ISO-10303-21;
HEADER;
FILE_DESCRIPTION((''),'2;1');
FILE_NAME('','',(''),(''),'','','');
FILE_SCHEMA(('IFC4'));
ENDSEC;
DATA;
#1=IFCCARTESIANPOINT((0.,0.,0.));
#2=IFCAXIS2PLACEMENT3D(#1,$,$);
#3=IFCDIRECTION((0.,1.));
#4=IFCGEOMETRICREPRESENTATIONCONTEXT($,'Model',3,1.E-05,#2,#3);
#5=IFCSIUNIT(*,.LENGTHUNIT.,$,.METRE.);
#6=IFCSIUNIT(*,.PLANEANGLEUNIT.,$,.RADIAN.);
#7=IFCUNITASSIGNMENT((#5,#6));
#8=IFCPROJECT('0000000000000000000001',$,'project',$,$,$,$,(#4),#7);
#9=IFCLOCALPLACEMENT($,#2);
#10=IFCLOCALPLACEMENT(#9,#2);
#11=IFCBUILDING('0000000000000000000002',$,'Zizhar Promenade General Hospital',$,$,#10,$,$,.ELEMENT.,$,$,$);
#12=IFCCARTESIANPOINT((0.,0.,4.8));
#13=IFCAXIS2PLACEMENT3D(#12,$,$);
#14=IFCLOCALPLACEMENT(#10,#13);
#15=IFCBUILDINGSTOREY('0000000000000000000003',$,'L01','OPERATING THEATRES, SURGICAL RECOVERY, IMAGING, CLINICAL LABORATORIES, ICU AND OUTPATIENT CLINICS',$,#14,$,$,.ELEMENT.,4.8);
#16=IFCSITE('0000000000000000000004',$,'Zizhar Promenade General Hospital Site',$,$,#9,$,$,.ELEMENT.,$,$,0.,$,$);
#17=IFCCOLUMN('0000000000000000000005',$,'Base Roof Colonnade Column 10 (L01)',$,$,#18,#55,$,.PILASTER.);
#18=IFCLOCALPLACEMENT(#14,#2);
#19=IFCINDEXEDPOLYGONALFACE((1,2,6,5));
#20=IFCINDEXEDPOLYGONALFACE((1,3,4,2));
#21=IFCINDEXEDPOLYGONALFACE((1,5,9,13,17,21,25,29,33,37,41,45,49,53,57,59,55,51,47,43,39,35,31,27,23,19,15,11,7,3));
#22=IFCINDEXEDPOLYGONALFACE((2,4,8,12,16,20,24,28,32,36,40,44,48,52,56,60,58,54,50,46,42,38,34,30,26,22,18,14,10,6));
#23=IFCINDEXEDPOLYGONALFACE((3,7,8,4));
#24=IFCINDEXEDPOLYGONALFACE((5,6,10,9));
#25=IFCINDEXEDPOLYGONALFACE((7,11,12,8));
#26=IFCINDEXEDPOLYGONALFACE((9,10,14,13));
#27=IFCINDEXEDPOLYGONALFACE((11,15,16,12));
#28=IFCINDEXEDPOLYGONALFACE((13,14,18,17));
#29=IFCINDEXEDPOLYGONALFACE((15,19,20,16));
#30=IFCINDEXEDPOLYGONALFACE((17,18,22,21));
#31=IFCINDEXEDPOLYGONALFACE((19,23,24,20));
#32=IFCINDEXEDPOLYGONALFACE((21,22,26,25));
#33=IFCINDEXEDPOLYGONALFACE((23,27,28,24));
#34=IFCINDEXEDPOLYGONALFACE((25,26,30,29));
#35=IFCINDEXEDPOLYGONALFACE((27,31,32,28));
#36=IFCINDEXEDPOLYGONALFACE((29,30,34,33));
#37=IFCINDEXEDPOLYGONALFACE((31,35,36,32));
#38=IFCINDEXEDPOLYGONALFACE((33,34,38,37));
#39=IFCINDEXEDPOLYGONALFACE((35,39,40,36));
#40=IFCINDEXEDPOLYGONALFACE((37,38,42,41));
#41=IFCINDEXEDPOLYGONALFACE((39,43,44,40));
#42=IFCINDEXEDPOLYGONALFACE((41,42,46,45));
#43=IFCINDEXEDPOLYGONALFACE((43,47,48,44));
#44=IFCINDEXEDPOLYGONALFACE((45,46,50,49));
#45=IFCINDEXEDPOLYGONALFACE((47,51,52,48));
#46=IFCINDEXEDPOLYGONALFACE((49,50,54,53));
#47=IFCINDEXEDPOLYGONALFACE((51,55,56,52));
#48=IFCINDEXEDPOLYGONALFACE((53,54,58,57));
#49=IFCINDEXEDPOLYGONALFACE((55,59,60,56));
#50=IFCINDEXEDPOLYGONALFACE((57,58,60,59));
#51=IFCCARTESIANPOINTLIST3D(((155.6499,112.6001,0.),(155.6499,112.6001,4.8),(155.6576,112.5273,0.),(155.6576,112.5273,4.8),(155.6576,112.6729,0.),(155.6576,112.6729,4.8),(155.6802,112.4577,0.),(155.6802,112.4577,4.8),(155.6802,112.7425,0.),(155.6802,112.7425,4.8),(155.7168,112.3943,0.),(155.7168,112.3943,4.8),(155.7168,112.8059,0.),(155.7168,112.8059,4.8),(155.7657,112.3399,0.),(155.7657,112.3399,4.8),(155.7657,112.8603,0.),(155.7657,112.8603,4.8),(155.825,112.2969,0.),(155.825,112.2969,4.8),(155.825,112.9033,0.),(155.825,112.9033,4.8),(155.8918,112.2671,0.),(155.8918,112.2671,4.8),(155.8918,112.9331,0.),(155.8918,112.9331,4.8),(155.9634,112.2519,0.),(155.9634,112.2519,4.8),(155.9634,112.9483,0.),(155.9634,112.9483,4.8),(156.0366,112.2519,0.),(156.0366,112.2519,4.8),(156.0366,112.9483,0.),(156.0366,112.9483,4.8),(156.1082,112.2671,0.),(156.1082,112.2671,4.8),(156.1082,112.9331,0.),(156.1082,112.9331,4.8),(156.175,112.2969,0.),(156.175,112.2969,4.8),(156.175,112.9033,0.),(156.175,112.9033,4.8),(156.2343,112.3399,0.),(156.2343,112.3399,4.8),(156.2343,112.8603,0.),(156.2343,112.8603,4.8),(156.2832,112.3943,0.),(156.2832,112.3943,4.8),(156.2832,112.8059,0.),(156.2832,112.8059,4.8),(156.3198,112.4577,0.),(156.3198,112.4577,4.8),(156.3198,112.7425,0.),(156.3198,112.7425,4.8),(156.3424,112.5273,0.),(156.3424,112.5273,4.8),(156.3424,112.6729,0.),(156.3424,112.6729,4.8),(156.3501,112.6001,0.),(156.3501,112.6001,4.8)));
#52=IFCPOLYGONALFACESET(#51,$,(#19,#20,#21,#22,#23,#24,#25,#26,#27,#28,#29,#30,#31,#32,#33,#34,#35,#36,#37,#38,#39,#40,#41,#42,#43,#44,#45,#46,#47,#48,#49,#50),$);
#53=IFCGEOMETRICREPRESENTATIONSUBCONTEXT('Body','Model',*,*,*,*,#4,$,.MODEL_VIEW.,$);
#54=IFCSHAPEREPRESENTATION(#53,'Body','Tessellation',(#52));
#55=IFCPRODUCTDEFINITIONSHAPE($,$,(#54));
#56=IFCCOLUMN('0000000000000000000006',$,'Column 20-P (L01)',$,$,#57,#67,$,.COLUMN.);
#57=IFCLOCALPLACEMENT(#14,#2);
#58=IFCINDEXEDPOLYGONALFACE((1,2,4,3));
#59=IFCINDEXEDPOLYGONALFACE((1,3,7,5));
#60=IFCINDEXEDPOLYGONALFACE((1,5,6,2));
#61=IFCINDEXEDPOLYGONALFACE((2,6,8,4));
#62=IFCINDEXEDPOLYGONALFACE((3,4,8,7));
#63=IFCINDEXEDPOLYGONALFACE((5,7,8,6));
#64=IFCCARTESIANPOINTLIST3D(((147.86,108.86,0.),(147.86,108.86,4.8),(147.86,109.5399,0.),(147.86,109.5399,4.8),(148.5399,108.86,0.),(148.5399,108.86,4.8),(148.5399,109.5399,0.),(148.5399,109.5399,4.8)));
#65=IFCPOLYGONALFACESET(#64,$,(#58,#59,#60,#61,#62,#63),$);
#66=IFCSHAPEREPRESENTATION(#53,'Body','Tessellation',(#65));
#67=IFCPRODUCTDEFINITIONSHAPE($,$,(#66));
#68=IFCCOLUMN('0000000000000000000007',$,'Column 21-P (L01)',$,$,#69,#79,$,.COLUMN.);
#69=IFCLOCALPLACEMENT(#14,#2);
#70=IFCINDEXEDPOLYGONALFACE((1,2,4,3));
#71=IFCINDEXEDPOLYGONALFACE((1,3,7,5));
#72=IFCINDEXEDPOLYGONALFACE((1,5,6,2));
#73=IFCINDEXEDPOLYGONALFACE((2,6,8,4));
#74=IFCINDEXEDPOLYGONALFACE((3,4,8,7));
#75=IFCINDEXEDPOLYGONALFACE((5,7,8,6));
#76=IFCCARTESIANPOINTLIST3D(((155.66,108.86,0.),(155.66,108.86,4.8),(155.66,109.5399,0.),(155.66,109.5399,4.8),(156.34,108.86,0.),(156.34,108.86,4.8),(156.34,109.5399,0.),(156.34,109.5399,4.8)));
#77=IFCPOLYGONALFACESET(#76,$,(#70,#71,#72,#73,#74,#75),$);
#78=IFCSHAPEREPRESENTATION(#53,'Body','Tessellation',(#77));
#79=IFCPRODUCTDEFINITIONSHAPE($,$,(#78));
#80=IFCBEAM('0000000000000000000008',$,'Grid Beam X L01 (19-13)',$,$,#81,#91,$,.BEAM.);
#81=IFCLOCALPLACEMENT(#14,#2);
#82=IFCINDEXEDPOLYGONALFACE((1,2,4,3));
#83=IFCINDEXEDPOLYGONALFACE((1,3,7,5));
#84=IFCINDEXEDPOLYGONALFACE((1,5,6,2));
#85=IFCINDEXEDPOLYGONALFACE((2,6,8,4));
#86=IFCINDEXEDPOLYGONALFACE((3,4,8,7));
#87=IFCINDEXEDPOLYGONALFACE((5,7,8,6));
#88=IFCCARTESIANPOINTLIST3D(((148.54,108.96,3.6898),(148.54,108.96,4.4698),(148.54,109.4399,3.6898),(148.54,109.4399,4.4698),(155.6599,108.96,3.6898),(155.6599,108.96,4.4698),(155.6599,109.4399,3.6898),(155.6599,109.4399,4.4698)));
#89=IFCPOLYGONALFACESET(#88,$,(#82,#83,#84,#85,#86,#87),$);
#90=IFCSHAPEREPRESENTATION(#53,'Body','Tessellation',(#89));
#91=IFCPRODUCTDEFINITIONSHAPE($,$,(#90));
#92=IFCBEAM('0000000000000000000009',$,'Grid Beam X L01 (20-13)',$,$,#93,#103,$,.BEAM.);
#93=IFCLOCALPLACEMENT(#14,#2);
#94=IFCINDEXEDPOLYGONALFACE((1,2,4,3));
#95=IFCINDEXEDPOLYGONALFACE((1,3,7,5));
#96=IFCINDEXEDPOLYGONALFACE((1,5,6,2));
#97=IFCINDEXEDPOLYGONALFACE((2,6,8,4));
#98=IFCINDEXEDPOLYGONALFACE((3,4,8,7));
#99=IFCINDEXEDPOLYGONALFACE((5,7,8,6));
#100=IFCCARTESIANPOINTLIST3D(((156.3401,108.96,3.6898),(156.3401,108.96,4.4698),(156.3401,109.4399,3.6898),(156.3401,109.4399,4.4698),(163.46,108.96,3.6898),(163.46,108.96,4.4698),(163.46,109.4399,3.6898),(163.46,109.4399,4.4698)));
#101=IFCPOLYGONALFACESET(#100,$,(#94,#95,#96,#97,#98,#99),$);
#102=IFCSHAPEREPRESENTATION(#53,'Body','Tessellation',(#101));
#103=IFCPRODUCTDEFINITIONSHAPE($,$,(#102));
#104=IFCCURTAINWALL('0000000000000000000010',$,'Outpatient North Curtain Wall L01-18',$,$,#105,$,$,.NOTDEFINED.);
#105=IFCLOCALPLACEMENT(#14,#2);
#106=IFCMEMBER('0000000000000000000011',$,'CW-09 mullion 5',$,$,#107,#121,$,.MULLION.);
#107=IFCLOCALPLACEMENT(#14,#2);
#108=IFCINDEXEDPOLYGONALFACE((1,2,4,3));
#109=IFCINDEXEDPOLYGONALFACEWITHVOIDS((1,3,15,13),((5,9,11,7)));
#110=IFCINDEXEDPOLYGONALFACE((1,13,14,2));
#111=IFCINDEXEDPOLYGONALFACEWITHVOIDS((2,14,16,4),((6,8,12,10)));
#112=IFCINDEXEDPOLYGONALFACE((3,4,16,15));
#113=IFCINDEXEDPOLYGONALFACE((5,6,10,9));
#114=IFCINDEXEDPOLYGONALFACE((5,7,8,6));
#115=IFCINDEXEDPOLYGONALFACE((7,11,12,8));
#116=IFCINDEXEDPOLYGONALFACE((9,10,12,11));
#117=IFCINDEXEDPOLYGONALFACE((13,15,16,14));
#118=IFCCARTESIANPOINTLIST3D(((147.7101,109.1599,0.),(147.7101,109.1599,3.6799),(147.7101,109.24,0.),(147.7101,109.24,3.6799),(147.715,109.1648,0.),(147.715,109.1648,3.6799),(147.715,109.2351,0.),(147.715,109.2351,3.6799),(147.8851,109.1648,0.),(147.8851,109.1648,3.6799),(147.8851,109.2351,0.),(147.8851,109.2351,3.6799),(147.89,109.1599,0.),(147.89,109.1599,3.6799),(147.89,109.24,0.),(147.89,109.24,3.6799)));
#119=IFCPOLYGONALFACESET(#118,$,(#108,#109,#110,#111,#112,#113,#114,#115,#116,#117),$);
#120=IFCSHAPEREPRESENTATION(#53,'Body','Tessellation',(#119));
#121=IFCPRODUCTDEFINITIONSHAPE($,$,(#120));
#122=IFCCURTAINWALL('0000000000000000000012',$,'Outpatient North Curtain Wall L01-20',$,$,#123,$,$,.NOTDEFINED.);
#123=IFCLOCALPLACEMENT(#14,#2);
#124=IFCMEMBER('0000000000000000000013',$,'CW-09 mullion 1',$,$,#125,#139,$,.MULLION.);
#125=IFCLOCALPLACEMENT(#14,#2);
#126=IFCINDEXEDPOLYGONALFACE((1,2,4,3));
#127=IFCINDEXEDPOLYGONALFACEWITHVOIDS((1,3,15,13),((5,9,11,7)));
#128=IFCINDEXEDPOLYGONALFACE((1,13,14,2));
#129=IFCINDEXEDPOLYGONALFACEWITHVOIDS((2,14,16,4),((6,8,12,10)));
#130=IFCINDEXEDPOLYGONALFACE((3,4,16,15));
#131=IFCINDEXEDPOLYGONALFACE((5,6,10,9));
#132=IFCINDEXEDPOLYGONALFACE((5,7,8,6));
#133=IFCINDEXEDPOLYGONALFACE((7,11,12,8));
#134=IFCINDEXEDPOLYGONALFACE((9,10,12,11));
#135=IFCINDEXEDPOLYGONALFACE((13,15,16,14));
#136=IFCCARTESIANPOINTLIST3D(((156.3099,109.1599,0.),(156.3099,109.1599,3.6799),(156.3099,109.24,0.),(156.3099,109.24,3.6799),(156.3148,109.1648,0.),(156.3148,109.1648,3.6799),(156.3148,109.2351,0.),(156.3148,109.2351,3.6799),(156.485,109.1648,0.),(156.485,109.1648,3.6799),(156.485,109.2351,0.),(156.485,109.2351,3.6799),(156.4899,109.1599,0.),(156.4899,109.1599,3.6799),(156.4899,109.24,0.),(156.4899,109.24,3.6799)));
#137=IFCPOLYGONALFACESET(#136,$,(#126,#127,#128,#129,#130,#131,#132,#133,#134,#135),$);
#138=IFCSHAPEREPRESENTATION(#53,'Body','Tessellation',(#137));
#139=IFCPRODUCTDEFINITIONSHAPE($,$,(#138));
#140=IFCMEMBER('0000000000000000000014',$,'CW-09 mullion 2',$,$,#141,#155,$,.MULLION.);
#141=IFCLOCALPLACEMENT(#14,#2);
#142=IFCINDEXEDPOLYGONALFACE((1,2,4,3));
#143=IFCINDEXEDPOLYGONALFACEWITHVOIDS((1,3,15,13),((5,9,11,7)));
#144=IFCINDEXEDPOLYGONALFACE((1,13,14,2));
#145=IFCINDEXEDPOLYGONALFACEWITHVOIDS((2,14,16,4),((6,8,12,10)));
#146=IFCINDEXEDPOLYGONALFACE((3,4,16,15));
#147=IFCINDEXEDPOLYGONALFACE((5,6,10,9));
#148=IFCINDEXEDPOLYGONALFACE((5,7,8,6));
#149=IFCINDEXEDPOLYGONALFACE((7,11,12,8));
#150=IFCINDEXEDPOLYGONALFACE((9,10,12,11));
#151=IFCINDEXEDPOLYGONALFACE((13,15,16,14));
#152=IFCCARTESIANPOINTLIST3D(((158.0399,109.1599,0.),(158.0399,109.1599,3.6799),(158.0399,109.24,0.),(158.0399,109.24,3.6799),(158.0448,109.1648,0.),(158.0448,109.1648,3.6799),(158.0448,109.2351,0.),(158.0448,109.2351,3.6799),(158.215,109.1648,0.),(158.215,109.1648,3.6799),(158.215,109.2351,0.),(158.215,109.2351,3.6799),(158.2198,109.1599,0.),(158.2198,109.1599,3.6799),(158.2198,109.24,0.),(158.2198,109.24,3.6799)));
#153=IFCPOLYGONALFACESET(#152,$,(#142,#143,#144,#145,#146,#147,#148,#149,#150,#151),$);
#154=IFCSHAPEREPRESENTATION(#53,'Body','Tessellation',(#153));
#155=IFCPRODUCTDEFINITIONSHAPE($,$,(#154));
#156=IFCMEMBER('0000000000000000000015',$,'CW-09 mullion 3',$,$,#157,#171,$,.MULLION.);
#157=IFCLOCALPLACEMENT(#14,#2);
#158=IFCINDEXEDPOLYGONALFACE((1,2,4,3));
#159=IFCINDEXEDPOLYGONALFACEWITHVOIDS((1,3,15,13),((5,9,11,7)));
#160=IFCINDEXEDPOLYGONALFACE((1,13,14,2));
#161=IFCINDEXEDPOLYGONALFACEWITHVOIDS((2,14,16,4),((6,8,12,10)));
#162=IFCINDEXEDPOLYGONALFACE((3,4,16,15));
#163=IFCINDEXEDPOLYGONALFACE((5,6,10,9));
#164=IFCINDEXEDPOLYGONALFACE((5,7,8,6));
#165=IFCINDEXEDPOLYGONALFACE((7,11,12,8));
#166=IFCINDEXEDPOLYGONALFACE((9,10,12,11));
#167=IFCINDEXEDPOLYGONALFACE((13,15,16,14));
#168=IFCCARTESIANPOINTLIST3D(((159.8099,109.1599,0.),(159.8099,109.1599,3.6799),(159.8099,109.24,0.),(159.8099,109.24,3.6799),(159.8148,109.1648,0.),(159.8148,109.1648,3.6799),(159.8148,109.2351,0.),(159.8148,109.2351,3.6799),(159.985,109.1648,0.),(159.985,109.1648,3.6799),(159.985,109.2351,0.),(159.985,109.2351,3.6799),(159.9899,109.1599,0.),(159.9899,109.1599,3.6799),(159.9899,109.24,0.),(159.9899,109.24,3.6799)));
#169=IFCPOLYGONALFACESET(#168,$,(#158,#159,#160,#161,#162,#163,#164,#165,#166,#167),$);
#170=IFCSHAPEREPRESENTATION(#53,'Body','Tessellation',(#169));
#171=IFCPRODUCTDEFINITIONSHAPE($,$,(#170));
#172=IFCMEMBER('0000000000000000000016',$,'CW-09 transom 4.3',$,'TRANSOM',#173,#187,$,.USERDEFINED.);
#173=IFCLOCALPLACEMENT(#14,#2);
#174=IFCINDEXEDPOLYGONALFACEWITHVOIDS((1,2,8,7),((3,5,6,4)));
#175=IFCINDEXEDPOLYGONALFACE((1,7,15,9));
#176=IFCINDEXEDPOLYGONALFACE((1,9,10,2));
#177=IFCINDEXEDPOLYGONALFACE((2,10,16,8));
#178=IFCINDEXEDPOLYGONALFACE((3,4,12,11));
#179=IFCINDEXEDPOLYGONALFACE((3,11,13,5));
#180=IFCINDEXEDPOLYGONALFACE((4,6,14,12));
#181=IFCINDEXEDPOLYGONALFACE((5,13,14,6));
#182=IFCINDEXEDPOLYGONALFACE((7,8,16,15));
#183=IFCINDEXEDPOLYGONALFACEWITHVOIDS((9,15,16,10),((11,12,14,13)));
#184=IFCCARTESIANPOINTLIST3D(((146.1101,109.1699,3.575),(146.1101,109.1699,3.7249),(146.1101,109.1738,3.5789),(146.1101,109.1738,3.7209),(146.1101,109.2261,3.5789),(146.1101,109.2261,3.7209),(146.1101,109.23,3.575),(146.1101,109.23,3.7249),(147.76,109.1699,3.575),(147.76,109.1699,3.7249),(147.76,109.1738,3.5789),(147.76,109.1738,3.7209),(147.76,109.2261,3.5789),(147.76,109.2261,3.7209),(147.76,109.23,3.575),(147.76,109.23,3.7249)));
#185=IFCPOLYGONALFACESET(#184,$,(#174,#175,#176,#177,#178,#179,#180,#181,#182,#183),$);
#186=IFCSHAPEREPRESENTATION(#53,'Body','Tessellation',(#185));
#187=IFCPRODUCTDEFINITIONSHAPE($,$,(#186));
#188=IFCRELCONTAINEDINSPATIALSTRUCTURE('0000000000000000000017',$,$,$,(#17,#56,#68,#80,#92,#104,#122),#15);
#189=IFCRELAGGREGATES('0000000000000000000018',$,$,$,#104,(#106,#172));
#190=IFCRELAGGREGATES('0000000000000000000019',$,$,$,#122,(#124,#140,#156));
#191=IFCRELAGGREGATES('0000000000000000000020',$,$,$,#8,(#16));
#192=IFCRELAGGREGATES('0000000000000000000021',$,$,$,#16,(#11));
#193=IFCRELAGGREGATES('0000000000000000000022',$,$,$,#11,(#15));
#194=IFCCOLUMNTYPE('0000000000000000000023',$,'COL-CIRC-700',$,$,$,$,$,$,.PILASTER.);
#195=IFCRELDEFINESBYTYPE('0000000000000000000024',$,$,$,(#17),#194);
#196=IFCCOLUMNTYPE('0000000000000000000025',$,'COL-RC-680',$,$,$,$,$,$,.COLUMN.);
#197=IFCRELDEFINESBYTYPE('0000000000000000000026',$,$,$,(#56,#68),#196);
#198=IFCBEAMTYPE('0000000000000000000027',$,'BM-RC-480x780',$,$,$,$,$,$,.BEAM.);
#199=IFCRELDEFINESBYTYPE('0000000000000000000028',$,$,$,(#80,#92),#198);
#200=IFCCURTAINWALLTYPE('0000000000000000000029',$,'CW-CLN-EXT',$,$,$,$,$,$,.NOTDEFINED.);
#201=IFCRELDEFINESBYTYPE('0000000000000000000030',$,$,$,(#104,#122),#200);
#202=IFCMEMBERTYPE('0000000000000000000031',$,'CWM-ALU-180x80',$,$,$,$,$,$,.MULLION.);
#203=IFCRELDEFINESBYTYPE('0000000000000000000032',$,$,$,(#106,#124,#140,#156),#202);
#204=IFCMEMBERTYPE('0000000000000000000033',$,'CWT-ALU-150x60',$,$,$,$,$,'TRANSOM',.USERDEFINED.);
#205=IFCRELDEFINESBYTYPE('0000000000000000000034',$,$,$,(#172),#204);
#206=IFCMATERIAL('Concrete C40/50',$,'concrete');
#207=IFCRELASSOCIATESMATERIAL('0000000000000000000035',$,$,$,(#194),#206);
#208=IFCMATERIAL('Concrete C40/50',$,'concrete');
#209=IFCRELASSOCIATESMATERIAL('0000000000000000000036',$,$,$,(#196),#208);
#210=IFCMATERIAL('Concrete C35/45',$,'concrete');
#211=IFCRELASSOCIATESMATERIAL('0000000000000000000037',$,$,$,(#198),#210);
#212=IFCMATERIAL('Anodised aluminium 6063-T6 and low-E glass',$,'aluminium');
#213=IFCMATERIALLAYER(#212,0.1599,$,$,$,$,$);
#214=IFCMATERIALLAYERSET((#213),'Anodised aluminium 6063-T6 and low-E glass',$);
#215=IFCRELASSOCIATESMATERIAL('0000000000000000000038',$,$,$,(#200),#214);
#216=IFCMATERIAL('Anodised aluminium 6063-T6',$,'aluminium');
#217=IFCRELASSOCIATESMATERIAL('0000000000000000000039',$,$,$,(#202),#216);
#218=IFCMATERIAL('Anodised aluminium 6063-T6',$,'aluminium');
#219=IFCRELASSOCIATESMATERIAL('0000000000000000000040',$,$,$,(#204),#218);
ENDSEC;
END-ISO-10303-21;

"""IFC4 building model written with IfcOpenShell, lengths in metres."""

from ifc_helpers import new_model, si_unit, direction, frame, origin, origin_2d, place, context, subcontext, project, spatial, rectangle, hollow_rectangle, circle, extrude, material, layer, layer_set, material_profile, profile_set, type_object, element, aggregate, save


model = new_model("IFC4")

# Units and contexts
model_context = context("Model", 3, precision=1e-05, world=origin(), true_north=direction((0.0, 1.0)))
body_context = subcontext(model_context, "Body", "Model", "MODEL_VIEW")
ifc_project = project(units=[si_unit("LENGTHUNIT", "METRE"), si_unit("PLANEANGLEUNIT", "RADIAN")], contexts=[model_context])

# Site, building, storey
site_placement = place(None, origin())
site = spatial("IfcSite", under=ifc_project, at=site_placement, Name="Zizhar Promenade General Hospital Site", CompositionType="ELEMENT", RefElevation=0.0)
building_placement = place(site_placement, origin())
building = spatial("IfcBuilding", under=site, at=building_placement, Name="Zizhar Promenade General Hospital", CompositionType="ELEMENT")
storey_placement = place(building_placement, frame((0.0, 0.0, 4.8)))
storey = spatial("IfcBuildingStorey", under=building, at=storey_placement, Name="L01", Description="OPERATING THEATRES, SURGICAL RECOVERY, IMAGING, CLINICAL LABORATORIES, ICU AND OUTPATIENT CLINICS", CompositionType="ELEMENT", Elevation=4.8)

# Columns
ifc_material_1 = material(Name="Concrete C40/50", Category="concrete")
ifc_material_profile_1 = material_profile(ifc_material_1, circle(Radius=0.3501, at=origin_2d()))
ifc_profile_set_1 = profile_set([ifc_material_profile_1], Name="Concrete C40/50")
column_type_1 = type_object("IfcColumnType", Name="COL-CIRC-700", PredefinedType="PILASTER", material=ifc_profile_set_1)
column_placement = place(storey_placement, frame((156.0, 112.6001, 0.0), z_axis=(0.0, 0.0, 1.0), x_axis=(1.0, 0.0, 0.0)))
element("IfcColumn", 1, at=column_placement, inside=storey, type_object=column_type_1, Name="Base Roof Colonnade Column 10 (L01)", PredefinedType="PILASTER", context=body_context, shape_type="SweptSolid", body=[
    extrude(circle(Radius=0.3501, at=origin_2d()), origin(), (0.0, 0.0, 1.0), 4.8),
])
ifc_material_2 = material(Name="Concrete C40/50", Category="concrete")
ifc_material_profile_2 = material_profile(ifc_material_2, rectangle(XDim=0.6799, YDim=0.6799, at=origin_2d()))
ifc_profile_set_2 = profile_set([ifc_material_profile_2], Name="Concrete C40/50")
column_type_2 = type_object("IfcColumnType", Name="COL-RC-680", PredefinedType="COLUMN", material=ifc_profile_set_2)
for number, where, z_axis, x_axis, name in (
    (2, (148.2, 109.2, 0.0), (0.0, 0.0, 1.0), (1.0, 0.0, 0.0), "Column 20-P (L01)"),
    (3, (156.0, 109.2, 0.0), (0.0, 0.0, 1.0), (1.0, 0.0, 0.0), "Column 21-P (L01)"),
):
    element("IfcColumn", number, at=place(storey_placement, frame(where, z_axis=z_axis, x_axis=x_axis)), inside=storey, type_object=column_type_2, Name=name, PredefinedType="COLUMN", context=body_context, shape_type="SweptSolid", body=[
        extrude(rectangle(XDim=0.6799, YDim=0.6799, at=origin_2d()), origin(), (0.0, 0.0, 1.0), 4.8),
    ])

# Beams
ifc_material_3 = material(Name="Concrete C35/45", Category="concrete")
ifc_material_profile_3 = material_profile(ifc_material_3, rectangle(XDim=0.48, YDim=0.78, at=origin_2d()))
ifc_profile_set_3 = profile_set([ifc_material_profile_3], Name="Concrete C35/45")
beam_type = type_object("IfcBeamType", Name="BM-RC-480x780", PredefinedType="BEAM", material=ifc_profile_set_3)
for number, where, z_axis, x_axis, name in (
    (4, (148.54, 109.2, 4.0798), (1.0, 0.0, 0.0), (0.0, 1.0, 0.0), "Grid Beam X L01 (19-13)"),
    (5, (156.3401, 109.2, 4.0798), (1.0, 0.0, 0.0), (0.0, 1.0, 0.0), "Grid Beam X L01 (20-13)"),
):
    element("IfcBeam", number, at=place(storey_placement, frame(where, z_axis=z_axis, x_axis=x_axis)), inside=storey, type_object=beam_type, Name=name, PredefinedType="BEAM", context=body_context, shape_type="SweptSolid", body=[
        extrude(rectangle(XDim=0.48, YDim=0.78, at=origin_2d()), origin(), (0.0, 0.0, 1.0), 7.1199),
    ])

# Curtain wall, member
ifc_material_4 = material(Name="Anodised aluminium 6063-T6 and low-E glass", Category="aluminium")
ifc_layer_1 = layer(ifc_material_4, 0.1599)
ifc_layer_set_1 = layer_set([ifc_layer_1], Name="Anodised aluminium 6063-T6 and low-E glass")
curtain_wall_type = type_object("IfcCurtainWallType", Name="CW-CLN-EXT", PredefinedType="NOTDEFINED", material=ifc_layer_set_1)
curtain_wall_1_placement = place(storey_placement, origin())
curtain_wall_1 = element("IfcCurtainWall", 6, at=curtain_wall_1_placement, inside=storey, type_object=curtain_wall_type, Name="Outpatient North Curtain Wall L01-18", PredefinedType="NOTDEFINED")
ifc_material_5 = material(Name="Anodised aluminium 6063-T6", Category="aluminium")
ifc_material_profile_4 = material_profile(ifc_material_5, hollow_rectangle(XDim=0.0801, YDim=0.1799, WallThickness=0.0049, at=origin_2d()))
ifc_profile_set_4 = profile_set([ifc_material_profile_4], Name="Anodised aluminium 6063-T6")
member_type_1 = type_object("IfcMemberType", Name="CWM-ALU-180x80", PredefinedType="MULLION", material=ifc_profile_set_4)
member_1_placement = place(storey_placement, frame((147.8, 109.2, 0.0), z_axis=(0.0, 0.0, 1.0), x_axis=(0.0, 1.0, 0.0)))
member_1 = element("IfcMember", 7, at=member_1_placement, type_object=member_type_1, Name="CW-09 mullion 5", PredefinedType="MULLION", context=body_context, shape_type="SweptSolid", body=[
    extrude(hollow_rectangle(XDim=0.0801, YDim=0.1799, WallThickness=0.0049, at=origin_2d()), origin(), (0.0, 0.0, 1.0), 3.6799),
])

# Curtain wall, members
curtain_wall_2_placement = place(storey_placement, origin())
curtain_wall_2 = element("IfcCurtainWall", 8, at=curtain_wall_2_placement, inside=storey, type_object=curtain_wall_type, Name="Outpatient North Curtain Wall L01-20", PredefinedType="NOTDEFINED")
member_2_placement = place(storey_placement, frame((156.3999, 109.2, 0.0), z_axis=(0.0, 0.0, 1.0), x_axis=(0.0, 1.0, 0.0)))
member_2 = element("IfcMember", 9, at=member_2_placement, type_object=member_type_1, Name="CW-09 mullion 1", PredefinedType="MULLION", context=body_context, shape_type="SweptSolid", body=[
    extrude(hollow_rectangle(XDim=0.0801, YDim=0.1799, WallThickness=0.0049, at=origin_2d()), origin(), (0.0, 0.0, 1.0), 3.6799),
])
member_3_placement = place(storey_placement, frame((158.1299, 109.2, 0.0), z_axis=(0.0, 0.0, 1.0), x_axis=(0.0, 1.0, 0.0)))
member_3 = element("IfcMember", 10, at=member_3_placement, type_object=member_type_1, Name="CW-09 mullion 2", PredefinedType="MULLION", context=body_context, shape_type="SweptSolid", body=[
    extrude(hollow_rectangle(XDim=0.0801, YDim=0.1799, WallThickness=0.0049, at=origin_2d()), origin(), (0.0, 0.0, 1.0), 3.6799),
])
member_4_placement = place(storey_placement, frame((159.8999, 109.2, 0.0), z_axis=(0.0, 0.0, 1.0), x_axis=(0.0, 1.0, 0.0)))
member_4 = element("IfcMember", 11, at=member_4_placement, type_object=member_type_1, Name="CW-09 mullion 3", PredefinedType="MULLION", context=body_context, shape_type="SweptSolid", body=[
    extrude(hollow_rectangle(XDim=0.0801, YDim=0.1799, WallThickness=0.0049, at=origin_2d()), origin(), (0.0, 0.0, 1.0), 3.6799),
])

# Member
ifc_material_6 = material(Name="Anodised aluminium 6063-T6", Category="aluminium")
ifc_material_profile_5 = material_profile(ifc_material_6, hollow_rectangle(XDim=0.0601, YDim=0.1499, WallThickness=0.0039, at=origin_2d()))
ifc_profile_set_5 = profile_set([ifc_material_profile_5], Name="Anodised aluminium 6063-T6")
member_type_2 = type_object("IfcMemberType", Name="CWT-ALU-150x60", ElementType="TRANSOM", PredefinedType="USERDEFINED", material=ifc_profile_set_5)
member_5_placement = place(storey_placement, frame((146.1101, 109.2, 3.6499), z_axis=(1.0, 0.0, 0.0), x_axis=(0.0, 1.0, 0.0)))
member_5 = element("IfcMember", 12, at=member_5_placement, type_object=member_type_2, Name="CW-09 transom 4.3", ObjectType="TRANSOM", PredefinedType="USERDEFINED", context=body_context, shape_type="SweptSolid", body=[
    extrude(hollow_rectangle(XDim=0.0601, YDim=0.1499, WallThickness=0.0039, at=origin_2d()), origin(), (0.0, 0.0, 1.0), 1.6499),
])

aggregate(curtain_wall_1, [member_1, member_5])
aggregate(curtain_wall_2, [member_2, member_3, member_4])

save(model, "model.ifc")
